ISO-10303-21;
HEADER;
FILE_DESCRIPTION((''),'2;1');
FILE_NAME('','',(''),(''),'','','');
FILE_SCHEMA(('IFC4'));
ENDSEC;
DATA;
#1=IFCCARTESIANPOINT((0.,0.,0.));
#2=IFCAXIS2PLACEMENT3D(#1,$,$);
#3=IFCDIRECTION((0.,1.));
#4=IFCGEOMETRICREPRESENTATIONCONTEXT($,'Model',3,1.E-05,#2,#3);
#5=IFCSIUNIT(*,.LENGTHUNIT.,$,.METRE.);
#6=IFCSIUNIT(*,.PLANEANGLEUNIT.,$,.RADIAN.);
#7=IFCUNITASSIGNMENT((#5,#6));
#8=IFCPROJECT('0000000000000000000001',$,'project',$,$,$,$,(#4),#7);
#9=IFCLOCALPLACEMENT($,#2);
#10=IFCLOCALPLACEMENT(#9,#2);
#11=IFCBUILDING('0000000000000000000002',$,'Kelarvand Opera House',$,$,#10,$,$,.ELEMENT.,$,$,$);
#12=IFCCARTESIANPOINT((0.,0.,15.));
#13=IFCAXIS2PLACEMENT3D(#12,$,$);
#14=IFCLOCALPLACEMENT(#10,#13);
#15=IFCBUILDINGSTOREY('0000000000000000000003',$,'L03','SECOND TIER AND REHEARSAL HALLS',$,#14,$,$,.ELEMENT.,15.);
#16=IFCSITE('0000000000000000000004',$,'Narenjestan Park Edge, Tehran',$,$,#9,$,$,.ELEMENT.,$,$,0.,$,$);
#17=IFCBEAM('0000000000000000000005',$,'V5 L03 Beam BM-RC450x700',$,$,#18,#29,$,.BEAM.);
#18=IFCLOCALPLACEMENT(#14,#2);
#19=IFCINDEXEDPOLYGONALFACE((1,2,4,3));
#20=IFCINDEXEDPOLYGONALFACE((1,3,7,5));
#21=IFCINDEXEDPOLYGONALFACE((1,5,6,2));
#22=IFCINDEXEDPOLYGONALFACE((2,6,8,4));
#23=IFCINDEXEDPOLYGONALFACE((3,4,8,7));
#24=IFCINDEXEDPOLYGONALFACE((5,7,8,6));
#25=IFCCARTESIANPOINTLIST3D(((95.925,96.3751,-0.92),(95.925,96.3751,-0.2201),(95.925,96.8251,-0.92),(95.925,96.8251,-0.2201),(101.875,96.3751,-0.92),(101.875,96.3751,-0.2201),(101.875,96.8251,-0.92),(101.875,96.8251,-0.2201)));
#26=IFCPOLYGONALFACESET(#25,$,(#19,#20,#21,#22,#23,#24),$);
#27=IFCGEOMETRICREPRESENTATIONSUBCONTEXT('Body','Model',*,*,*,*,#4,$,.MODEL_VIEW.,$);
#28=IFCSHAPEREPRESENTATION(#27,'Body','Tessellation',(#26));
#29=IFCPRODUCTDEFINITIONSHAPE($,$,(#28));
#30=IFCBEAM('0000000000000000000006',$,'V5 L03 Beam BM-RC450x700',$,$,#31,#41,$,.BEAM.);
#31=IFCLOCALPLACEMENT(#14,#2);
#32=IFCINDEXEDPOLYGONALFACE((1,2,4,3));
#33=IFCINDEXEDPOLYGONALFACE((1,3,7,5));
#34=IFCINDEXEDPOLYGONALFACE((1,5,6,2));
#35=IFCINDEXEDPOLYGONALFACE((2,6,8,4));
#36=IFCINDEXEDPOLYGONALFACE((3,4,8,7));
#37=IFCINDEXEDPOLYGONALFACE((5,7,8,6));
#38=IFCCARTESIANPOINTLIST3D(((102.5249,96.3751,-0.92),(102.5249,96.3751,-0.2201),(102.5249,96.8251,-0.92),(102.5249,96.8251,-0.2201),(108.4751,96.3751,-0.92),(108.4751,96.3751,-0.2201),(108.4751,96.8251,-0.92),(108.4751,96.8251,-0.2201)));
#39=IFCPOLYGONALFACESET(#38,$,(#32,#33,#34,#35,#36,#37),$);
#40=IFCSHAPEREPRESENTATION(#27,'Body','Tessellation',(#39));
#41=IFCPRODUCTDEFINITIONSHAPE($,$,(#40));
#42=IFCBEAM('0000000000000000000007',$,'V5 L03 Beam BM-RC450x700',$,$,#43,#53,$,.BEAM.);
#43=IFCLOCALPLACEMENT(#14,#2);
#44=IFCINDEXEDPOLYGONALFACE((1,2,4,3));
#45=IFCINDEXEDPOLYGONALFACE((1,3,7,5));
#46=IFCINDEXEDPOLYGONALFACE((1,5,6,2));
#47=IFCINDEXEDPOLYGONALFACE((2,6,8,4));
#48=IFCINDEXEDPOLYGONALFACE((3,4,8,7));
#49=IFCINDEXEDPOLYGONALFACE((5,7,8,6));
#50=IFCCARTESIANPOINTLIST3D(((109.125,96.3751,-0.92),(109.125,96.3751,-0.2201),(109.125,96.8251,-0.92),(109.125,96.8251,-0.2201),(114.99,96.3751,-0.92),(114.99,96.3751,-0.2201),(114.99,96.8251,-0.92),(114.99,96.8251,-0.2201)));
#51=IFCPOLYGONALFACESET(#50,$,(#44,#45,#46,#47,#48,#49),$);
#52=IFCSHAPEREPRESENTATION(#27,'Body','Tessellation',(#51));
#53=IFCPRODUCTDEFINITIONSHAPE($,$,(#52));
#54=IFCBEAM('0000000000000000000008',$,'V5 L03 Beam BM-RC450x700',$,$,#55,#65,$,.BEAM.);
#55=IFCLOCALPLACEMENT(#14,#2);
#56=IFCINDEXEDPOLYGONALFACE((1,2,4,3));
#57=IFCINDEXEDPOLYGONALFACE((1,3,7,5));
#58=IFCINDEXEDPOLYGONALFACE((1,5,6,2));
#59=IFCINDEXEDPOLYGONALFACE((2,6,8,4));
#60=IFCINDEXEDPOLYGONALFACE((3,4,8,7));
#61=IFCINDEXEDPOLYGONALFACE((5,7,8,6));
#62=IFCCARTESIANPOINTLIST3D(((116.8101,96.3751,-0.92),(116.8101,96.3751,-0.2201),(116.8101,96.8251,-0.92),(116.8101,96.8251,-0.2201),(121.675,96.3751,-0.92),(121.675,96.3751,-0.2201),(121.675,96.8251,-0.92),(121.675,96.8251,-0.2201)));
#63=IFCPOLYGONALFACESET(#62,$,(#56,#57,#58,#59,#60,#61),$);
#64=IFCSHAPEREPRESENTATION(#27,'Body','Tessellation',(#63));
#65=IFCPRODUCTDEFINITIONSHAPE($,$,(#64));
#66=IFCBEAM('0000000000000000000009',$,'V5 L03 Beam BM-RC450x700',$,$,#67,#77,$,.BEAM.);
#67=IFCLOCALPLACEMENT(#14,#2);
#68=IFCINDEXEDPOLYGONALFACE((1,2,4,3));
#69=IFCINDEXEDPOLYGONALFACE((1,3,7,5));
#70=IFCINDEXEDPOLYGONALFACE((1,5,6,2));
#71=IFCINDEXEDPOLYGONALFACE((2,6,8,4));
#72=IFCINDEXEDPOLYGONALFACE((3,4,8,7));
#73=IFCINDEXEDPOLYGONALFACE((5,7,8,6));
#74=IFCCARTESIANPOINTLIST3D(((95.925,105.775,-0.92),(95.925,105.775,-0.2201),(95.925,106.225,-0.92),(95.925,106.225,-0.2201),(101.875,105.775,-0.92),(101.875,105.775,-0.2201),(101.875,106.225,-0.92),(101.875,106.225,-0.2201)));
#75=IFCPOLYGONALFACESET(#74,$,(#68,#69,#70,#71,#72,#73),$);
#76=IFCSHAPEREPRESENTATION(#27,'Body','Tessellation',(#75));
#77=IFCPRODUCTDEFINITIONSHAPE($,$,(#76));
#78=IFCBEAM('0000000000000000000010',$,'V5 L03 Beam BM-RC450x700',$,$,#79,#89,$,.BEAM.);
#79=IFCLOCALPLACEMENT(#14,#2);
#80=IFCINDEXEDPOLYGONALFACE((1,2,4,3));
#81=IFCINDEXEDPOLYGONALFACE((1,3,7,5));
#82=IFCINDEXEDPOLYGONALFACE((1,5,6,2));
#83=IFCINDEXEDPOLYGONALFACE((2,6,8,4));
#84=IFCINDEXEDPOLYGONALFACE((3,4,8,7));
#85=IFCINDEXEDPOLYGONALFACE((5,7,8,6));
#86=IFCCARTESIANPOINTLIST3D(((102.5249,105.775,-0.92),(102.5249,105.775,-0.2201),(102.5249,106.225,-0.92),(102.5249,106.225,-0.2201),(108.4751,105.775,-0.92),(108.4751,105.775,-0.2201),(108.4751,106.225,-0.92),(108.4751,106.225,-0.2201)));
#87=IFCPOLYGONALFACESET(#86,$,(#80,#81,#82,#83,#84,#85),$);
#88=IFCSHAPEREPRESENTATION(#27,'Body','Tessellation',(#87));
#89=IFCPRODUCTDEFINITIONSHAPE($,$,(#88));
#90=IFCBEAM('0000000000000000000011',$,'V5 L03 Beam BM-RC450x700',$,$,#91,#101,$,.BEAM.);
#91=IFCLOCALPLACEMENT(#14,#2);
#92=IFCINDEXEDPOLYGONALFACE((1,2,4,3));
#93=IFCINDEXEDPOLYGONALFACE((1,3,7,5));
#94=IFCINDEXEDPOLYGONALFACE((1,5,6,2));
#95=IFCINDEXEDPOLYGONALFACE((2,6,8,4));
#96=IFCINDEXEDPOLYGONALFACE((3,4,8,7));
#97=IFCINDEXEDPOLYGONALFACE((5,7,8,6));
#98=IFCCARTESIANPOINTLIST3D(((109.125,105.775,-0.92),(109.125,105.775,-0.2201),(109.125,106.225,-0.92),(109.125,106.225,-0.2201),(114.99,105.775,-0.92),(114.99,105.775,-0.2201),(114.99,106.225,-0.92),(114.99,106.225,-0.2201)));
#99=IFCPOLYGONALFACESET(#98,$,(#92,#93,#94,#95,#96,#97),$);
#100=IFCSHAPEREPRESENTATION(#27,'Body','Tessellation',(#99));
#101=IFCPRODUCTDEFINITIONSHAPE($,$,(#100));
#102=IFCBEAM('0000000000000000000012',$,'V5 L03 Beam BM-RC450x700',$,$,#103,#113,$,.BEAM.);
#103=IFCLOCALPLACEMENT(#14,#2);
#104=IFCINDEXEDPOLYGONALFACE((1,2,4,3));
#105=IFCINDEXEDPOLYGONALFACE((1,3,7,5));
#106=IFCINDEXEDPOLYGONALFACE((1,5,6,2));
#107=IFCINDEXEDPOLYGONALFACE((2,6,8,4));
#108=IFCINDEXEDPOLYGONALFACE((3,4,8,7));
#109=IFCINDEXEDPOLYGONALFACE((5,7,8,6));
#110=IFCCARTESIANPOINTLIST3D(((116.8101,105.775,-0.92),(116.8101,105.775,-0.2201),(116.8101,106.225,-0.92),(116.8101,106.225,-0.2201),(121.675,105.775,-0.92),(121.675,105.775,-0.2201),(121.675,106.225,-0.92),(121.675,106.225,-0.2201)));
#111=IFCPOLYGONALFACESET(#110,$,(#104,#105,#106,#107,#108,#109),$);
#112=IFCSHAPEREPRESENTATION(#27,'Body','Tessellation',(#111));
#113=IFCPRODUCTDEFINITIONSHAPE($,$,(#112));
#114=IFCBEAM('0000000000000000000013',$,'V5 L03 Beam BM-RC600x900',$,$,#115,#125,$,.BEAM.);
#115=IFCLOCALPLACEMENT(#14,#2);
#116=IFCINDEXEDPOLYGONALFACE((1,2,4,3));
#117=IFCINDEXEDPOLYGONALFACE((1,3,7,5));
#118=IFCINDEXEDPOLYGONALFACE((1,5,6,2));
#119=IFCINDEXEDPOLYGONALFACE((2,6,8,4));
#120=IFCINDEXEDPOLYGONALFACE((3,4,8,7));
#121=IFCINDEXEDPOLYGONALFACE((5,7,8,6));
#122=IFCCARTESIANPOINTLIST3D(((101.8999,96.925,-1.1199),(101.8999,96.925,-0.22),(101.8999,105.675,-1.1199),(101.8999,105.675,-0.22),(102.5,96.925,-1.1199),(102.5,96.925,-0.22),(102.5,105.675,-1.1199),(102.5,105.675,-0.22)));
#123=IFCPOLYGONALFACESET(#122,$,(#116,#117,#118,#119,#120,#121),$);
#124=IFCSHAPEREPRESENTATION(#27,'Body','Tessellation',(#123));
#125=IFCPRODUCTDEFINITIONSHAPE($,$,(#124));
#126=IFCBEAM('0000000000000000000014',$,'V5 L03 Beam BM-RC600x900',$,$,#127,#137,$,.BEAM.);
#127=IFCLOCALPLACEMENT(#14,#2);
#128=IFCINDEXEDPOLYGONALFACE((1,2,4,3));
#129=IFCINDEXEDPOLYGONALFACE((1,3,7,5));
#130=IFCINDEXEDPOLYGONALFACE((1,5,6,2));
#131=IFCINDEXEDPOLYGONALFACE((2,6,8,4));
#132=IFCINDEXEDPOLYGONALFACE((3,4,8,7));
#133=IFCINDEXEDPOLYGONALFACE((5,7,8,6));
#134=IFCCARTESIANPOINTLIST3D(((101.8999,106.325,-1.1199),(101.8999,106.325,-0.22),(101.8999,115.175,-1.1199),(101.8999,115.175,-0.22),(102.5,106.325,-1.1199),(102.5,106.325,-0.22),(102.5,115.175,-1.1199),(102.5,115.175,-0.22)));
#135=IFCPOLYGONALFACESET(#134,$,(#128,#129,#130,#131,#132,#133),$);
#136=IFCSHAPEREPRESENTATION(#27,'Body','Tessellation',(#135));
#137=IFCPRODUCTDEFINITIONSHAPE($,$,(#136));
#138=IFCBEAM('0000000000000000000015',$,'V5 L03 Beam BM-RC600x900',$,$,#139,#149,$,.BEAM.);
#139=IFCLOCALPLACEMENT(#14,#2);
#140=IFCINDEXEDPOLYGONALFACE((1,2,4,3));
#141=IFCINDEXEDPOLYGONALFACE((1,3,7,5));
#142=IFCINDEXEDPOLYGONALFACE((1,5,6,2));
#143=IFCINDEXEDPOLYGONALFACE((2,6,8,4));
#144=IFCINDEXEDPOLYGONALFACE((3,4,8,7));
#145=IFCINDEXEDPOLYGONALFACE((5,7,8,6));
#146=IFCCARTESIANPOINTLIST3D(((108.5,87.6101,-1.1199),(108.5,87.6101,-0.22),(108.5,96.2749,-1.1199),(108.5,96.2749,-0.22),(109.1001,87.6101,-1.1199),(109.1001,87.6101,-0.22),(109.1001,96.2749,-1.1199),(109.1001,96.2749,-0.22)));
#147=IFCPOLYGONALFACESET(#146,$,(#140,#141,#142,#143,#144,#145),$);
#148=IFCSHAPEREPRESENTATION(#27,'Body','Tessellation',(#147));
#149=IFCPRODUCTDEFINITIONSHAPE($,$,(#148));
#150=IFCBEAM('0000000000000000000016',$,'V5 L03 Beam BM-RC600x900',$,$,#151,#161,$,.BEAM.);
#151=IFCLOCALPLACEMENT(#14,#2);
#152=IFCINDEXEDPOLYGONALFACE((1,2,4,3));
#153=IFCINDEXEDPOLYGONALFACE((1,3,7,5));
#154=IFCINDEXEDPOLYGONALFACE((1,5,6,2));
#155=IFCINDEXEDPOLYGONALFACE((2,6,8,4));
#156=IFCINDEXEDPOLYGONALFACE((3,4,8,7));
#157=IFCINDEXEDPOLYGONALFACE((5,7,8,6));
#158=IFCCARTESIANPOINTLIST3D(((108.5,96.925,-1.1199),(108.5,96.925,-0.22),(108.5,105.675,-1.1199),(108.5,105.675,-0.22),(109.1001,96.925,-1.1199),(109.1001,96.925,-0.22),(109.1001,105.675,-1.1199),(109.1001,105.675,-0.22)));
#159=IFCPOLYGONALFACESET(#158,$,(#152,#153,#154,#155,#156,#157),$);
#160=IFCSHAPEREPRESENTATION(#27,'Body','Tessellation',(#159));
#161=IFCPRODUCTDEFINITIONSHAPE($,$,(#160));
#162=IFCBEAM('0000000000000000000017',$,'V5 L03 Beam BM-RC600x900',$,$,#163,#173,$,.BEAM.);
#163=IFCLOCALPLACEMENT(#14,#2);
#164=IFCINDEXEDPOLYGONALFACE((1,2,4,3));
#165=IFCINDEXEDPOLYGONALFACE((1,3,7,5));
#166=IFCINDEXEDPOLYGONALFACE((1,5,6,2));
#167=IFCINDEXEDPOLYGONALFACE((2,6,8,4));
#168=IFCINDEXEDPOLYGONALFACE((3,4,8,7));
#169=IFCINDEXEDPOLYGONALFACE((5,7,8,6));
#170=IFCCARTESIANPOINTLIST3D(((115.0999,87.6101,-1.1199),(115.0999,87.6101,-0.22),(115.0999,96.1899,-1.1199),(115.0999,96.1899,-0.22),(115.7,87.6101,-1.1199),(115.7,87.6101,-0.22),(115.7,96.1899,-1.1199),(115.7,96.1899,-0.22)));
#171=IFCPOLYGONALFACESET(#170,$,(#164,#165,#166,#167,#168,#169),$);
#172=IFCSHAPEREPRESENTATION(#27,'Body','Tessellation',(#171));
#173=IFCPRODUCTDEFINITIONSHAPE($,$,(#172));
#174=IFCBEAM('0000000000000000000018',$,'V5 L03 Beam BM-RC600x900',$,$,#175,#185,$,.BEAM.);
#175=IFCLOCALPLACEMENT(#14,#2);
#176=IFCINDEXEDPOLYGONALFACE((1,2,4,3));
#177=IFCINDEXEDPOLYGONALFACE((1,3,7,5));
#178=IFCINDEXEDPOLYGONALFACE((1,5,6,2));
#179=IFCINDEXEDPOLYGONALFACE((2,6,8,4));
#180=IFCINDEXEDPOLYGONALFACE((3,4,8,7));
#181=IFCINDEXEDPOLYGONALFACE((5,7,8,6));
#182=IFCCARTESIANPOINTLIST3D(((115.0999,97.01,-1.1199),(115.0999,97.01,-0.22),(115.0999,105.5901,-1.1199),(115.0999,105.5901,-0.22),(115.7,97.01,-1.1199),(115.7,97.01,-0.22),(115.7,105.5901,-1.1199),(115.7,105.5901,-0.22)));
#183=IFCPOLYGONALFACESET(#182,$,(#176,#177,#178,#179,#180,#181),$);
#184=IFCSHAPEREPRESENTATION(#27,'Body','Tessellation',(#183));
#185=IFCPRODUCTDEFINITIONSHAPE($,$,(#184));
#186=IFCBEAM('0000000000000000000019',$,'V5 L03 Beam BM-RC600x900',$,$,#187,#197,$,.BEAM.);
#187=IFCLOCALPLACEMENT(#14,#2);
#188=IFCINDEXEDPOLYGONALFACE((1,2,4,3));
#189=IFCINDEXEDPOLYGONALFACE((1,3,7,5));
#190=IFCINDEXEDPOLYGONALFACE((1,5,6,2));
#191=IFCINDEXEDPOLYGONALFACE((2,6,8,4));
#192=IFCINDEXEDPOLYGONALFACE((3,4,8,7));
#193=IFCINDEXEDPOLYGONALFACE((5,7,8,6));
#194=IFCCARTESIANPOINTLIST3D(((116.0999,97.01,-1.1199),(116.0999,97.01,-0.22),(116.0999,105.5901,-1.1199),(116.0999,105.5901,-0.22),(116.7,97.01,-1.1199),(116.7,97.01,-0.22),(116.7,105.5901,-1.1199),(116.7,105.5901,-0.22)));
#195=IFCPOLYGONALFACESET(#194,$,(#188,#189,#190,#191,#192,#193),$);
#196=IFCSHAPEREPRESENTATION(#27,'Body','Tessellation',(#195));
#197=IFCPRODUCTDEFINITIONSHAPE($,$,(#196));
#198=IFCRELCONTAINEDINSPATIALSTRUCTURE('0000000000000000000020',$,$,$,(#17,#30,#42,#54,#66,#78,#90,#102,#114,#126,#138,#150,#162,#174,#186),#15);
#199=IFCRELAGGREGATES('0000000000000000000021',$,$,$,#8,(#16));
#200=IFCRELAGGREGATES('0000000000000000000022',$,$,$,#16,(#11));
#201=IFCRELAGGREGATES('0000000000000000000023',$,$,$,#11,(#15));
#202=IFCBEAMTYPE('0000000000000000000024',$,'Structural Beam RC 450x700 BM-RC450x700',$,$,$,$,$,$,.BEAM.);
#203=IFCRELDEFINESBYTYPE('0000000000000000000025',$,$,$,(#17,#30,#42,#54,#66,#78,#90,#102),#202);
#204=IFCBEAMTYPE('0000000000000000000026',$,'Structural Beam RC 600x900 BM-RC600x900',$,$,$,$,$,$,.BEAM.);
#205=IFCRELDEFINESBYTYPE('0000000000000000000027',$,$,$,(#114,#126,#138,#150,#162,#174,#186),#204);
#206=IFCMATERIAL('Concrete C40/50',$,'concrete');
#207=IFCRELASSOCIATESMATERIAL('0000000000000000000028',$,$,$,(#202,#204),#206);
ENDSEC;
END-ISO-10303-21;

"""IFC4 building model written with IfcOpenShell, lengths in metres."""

from ifc_helpers import new_model, si_unit, direction, frame, origin, origin_2d, place, context, subcontext, project, spatial, rectangle, extrude, material, material_profile, profile_set, type_object, element, save


model = new_model("IFC4")

# Units and contexts
model_context = context("Model", 3, precision=1e-05, world=origin(), true_north=direction((0.0, 1.0)))
body_context = subcontext(model_context, "Body", "Model", "MODEL_VIEW")
ifc_project = project(units=[si_unit("LENGTHUNIT", "METRE"), si_unit("PLANEANGLEUNIT", "RADIAN")], contexts=[model_context])

# Site, building, storey
site_placement = place(None, origin())
site = spatial("IfcSite", under=ifc_project, at=site_placement, Name="Narenjestan Park Edge, Tehran", CompositionType="ELEMENT", RefElevation=0.0)
building_placement = place(site_placement, origin())
building = spatial("IfcBuilding", under=site, at=building_placement, Name="Kelarvand Opera House", CompositionType="ELEMENT")
storey_placement = place(building_placement, frame((0.0, 0.0, 15.0)))
storey = spatial("IfcBuildingStorey", under=building, at=storey_placement, Name="L03", Description="SECOND TIER AND REHEARSAL HALLS", CompositionType="ELEMENT", Elevation=15.0)

# Beams
ifc_material_1 = material(Name="Concrete C40/50", Category="concrete")
ifc_material_profile_1 = material_profile(ifc_material_1, rectangle(XDim=0.45, YDim=0.7, at=origin_2d()), Name="RC 450x700", Category="concrete")
ifc_profile_set_1 = profile_set([ifc_material_profile_1], Name="Concrete C40/50")
beam_type_1 = type_object("IfcBeamType", Name="Structural Beam RC 450x700 BM-RC450x700", PredefinedType="BEAM", material=ifc_profile_set_1)
beam_1_placement = place(storey_placement, frame((95.925, 96.6001, -0.5701), z_axis=(1.0, 0.0, 0.0), x_axis=(0.0, 1.0, 0.0)))
element("IfcBeam", 1, at=beam_1_placement, inside=storey, type_object=beam_type_1, Name="V5 L03 Beam BM-RC450x700", PredefinedType="BEAM", context=body_context, shape_type="SweptSolid", body=[
    extrude(rectangle(XDim=0.45, YDim=0.7, at=origin_2d()), origin(), (0.0, 0.0, 1.0), 5.95),
])
beam_2_placement = place(storey_placement, frame((102.5249, 96.6001, -0.5701), z_axis=(1.0, 0.0, 0.0), x_axis=(0.0, 1.0, 0.0)))
element("IfcBeam", 2, at=beam_2_placement, inside=storey, type_object=beam_type_1, Name="V5 L03 Beam BM-RC450x700", PredefinedType="BEAM", context=body_context, shape_type="SweptSolid", body=[
    extrude(rectangle(XDim=0.45, YDim=0.7, at=origin_2d()), origin(), (0.0, 0.0, 1.0), 5.9502),
])
beam_3_placement = place(storey_placement, frame((109.125, 96.6001, -0.5701), z_axis=(1.0, 0.0, 0.0), x_axis=(0.0, 1.0, 0.0)))
element("IfcBeam", 3, at=beam_3_placement, inside=storey, type_object=beam_type_1, Name="V5 L03 Beam BM-RC450x700", PredefinedType="BEAM", context=body_context, shape_type="SweptSolid", body=[
    extrude(rectangle(XDim=0.45, YDim=0.7, at=origin_2d()), origin(), (0.0, 0.0, 1.0), 5.865),
])
beam_4_placement = place(storey_placement, frame((116.8101, 96.6001, -0.5701), z_axis=(1.0, 0.0, 0.0), x_axis=(0.0, 1.0, 0.0)))
element("IfcBeam", 4, at=beam_4_placement, inside=storey, type_object=beam_type_1, Name="V5 L03 Beam BM-RC450x700", PredefinedType="BEAM", context=body_context, shape_type="SweptSolid", body=[
    extrude(rectangle(XDim=0.45, YDim=0.7, at=origin_2d()), origin(), (0.0, 0.0, 1.0), 4.865),
])
beam_5_placement = place(storey_placement, frame((95.925, 106.0, -0.5701), z_axis=(1.0, 0.0, 0.0), x_axis=(0.0, 1.0, 0.0)))
element("IfcBeam", 5, at=beam_5_placement, inside=storey, type_object=beam_type_1, Name="V5 L03 Beam BM-RC450x700", PredefinedType="BEAM", context=body_context, shape_type="SweptSolid", body=[
    extrude(rectangle(XDim=0.45, YDim=0.7, at=origin_2d()), origin(), (0.0, 0.0, 1.0), 5.95),
])
beam_6_placement = place(storey_placement, frame((102.5249, 106.0, -0.5701), z_axis=(1.0, 0.0, 0.0), x_axis=(0.0, 1.0, 0.0)))
element("IfcBeam", 6, at=beam_6_placement, inside=storey, type_object=beam_type_1, Name="V5 L03 Beam BM-RC450x700", PredefinedType="BEAM", context=body_context, shape_type="SweptSolid", body=[
    extrude(rectangle(XDim=0.45, YDim=0.7, at=origin_2d()), origin(), (0.0, 0.0, 1.0), 5.9502),
])
beam_7_placement = place(storey_placement, frame((109.125, 106.0, -0.5701), z_axis=(1.0, 0.0, 0.0), x_axis=(0.0, 1.0, 0.0)))
element("IfcBeam", 7, at=beam_7_placement, inside=storey, type_object=beam_type_1, Name="V5 L03 Beam BM-RC450x700", PredefinedType="BEAM", context=body_context, shape_type="SweptSolid", body=[
    extrude(rectangle(XDim=0.45, YDim=0.7, at=origin_2d()), origin(), (0.0, 0.0, 1.0), 5.865),
])
beam_8_placement = place(storey_placement, frame((116.8101, 106.0, -0.5701), z_axis=(1.0, 0.0, 0.0), x_axis=(0.0, 1.0, 0.0)))
element("IfcBeam", 8, at=beam_8_placement, inside=storey, type_object=beam_type_1, Name="V5 L03 Beam BM-RC450x700", PredefinedType="BEAM", context=body_context, shape_type="SweptSolid", body=[
    extrude(rectangle(XDim=0.45, YDim=0.7, at=origin_2d()), origin(), (0.0, 0.0, 1.0), 4.865),
])
ifc_material_profile_2 = material_profile(ifc_material_1, rectangle(XDim=0.6001, YDim=0.8999, at=origin_2d()), Name="RC 600x900", Category="concrete")
ifc_profile_set_2 = profile_set([ifc_material_profile_2], Name="Concrete C40/50")
beam_type_2 = type_object("IfcBeamType", Name="Structural Beam RC 600x900 BM-RC600x900", PredefinedType="BEAM", material=ifc_profile_set_2)
beam_9_placement = place(storey_placement, frame((102.2, 96.925, -0.6699), z_axis=(0.0, 1.0, 0.0), x_axis=(-1.0, 0.0, 0.0)))
element("IfcBeam", 9, at=beam_9_placement, inside=storey, type_object=beam_type_2, Name="V5 L03 Beam BM-RC600x900", PredefinedType="BEAM", context=body_context, shape_type="SweptSolid", body=[
    extrude(rectangle(XDim=0.6001, YDim=0.8999, at=origin_2d()), origin(), (0.0, 0.0, 1.0), 8.75),
])
beam_10_placement = place(storey_placement, frame((102.2, 106.325, -0.6699), z_axis=(0.0, 1.0, 0.0), x_axis=(-1.0, 0.0, 0.0)))
element("IfcBeam", 10, at=beam_10_placement, inside=storey, type_object=beam_type_2, Name="V5 L03 Beam BM-RC600x900", PredefinedType="BEAM", context=body_context, shape_type="SweptSolid", body=[
    extrude(rectangle(XDim=0.6001, YDim=0.8999, at=origin_2d()), origin(), (0.0, 0.0, 1.0), 8.8501),
])
beam_11_placement = place(storey_placement, frame((108.8, 87.6101, -0.6699), z_axis=(0.0, 1.0, 0.0), x_axis=(-1.0, 0.0, 0.0)))
element("IfcBeam", 11, at=beam_11_placement, inside=storey, type_object=beam_type_2, Name="V5 L03 Beam BM-RC600x900", PredefinedType="BEAM", context=body_context, shape_type="SweptSolid", body=[
    extrude(rectangle(XDim=0.6001, YDim=0.8999, at=origin_2d()), origin(), (0.0, 0.0, 1.0), 8.6648),
])
beam_12_placement = place(storey_placement, frame((108.8, 96.925, -0.6699), z_axis=(0.0, 1.0, 0.0), x_axis=(-1.0, 0.0, 0.0)))
element("IfcBeam", 12, at=beam_12_placement, inside=storey, type_object=beam_type_2, Name="V5 L03 Beam BM-RC600x900", PredefinedType="BEAM", context=body_context, shape_type="SweptSolid", body=[
    extrude(rectangle(XDim=0.6001, YDim=0.8999, at=origin_2d()), origin(), (0.0, 0.0, 1.0), 8.75),
])
beam_13_placement = place(storey_placement, frame((115.3999, 87.6101, -0.6699), z_axis=(0.0, 1.0, 0.0), x_axis=(-1.0, 0.0, 0.0)))
element("IfcBeam", 13, at=beam_13_placement, inside=storey, type_object=beam_type_2, Name="V5 L03 Beam BM-RC600x900", PredefinedType="BEAM", context=body_context, shape_type="SweptSolid", body=[
    extrude(rectangle(XDim=0.6001, YDim=0.8999, at=origin_2d()), origin(), (0.0, 0.0, 1.0), 8.5798),
])
for number, where, z_axis, x_axis, name in (
    (14, (115.3999, 97.01, -0.6699), (0.0, 1.0, 0.0), (-1.0, 0.0, 0.0), "V5 L03 Beam BM-RC600x900"),
    (15, (116.3999, 97.01, -0.6699), (0.0, 1.0, 0.0), (-1.0, 0.0, 0.0), "V5 L03 Beam BM-RC600x900"),
):
    element("IfcBeam", number, at=place(storey_placement, frame(where, z_axis=z_axis, x_axis=x_axis)), inside=storey, type_object=beam_type_2, Name=name, PredefinedType="BEAM", context=body_context, shape_type="SweptSolid", body=[
        extrude(rectangle(XDim=0.6001, YDim=0.8999, at=origin_2d()), origin(), (0.0, 0.0, 1.0), 8.5801),
    ])

save(model, "model.ifc")
